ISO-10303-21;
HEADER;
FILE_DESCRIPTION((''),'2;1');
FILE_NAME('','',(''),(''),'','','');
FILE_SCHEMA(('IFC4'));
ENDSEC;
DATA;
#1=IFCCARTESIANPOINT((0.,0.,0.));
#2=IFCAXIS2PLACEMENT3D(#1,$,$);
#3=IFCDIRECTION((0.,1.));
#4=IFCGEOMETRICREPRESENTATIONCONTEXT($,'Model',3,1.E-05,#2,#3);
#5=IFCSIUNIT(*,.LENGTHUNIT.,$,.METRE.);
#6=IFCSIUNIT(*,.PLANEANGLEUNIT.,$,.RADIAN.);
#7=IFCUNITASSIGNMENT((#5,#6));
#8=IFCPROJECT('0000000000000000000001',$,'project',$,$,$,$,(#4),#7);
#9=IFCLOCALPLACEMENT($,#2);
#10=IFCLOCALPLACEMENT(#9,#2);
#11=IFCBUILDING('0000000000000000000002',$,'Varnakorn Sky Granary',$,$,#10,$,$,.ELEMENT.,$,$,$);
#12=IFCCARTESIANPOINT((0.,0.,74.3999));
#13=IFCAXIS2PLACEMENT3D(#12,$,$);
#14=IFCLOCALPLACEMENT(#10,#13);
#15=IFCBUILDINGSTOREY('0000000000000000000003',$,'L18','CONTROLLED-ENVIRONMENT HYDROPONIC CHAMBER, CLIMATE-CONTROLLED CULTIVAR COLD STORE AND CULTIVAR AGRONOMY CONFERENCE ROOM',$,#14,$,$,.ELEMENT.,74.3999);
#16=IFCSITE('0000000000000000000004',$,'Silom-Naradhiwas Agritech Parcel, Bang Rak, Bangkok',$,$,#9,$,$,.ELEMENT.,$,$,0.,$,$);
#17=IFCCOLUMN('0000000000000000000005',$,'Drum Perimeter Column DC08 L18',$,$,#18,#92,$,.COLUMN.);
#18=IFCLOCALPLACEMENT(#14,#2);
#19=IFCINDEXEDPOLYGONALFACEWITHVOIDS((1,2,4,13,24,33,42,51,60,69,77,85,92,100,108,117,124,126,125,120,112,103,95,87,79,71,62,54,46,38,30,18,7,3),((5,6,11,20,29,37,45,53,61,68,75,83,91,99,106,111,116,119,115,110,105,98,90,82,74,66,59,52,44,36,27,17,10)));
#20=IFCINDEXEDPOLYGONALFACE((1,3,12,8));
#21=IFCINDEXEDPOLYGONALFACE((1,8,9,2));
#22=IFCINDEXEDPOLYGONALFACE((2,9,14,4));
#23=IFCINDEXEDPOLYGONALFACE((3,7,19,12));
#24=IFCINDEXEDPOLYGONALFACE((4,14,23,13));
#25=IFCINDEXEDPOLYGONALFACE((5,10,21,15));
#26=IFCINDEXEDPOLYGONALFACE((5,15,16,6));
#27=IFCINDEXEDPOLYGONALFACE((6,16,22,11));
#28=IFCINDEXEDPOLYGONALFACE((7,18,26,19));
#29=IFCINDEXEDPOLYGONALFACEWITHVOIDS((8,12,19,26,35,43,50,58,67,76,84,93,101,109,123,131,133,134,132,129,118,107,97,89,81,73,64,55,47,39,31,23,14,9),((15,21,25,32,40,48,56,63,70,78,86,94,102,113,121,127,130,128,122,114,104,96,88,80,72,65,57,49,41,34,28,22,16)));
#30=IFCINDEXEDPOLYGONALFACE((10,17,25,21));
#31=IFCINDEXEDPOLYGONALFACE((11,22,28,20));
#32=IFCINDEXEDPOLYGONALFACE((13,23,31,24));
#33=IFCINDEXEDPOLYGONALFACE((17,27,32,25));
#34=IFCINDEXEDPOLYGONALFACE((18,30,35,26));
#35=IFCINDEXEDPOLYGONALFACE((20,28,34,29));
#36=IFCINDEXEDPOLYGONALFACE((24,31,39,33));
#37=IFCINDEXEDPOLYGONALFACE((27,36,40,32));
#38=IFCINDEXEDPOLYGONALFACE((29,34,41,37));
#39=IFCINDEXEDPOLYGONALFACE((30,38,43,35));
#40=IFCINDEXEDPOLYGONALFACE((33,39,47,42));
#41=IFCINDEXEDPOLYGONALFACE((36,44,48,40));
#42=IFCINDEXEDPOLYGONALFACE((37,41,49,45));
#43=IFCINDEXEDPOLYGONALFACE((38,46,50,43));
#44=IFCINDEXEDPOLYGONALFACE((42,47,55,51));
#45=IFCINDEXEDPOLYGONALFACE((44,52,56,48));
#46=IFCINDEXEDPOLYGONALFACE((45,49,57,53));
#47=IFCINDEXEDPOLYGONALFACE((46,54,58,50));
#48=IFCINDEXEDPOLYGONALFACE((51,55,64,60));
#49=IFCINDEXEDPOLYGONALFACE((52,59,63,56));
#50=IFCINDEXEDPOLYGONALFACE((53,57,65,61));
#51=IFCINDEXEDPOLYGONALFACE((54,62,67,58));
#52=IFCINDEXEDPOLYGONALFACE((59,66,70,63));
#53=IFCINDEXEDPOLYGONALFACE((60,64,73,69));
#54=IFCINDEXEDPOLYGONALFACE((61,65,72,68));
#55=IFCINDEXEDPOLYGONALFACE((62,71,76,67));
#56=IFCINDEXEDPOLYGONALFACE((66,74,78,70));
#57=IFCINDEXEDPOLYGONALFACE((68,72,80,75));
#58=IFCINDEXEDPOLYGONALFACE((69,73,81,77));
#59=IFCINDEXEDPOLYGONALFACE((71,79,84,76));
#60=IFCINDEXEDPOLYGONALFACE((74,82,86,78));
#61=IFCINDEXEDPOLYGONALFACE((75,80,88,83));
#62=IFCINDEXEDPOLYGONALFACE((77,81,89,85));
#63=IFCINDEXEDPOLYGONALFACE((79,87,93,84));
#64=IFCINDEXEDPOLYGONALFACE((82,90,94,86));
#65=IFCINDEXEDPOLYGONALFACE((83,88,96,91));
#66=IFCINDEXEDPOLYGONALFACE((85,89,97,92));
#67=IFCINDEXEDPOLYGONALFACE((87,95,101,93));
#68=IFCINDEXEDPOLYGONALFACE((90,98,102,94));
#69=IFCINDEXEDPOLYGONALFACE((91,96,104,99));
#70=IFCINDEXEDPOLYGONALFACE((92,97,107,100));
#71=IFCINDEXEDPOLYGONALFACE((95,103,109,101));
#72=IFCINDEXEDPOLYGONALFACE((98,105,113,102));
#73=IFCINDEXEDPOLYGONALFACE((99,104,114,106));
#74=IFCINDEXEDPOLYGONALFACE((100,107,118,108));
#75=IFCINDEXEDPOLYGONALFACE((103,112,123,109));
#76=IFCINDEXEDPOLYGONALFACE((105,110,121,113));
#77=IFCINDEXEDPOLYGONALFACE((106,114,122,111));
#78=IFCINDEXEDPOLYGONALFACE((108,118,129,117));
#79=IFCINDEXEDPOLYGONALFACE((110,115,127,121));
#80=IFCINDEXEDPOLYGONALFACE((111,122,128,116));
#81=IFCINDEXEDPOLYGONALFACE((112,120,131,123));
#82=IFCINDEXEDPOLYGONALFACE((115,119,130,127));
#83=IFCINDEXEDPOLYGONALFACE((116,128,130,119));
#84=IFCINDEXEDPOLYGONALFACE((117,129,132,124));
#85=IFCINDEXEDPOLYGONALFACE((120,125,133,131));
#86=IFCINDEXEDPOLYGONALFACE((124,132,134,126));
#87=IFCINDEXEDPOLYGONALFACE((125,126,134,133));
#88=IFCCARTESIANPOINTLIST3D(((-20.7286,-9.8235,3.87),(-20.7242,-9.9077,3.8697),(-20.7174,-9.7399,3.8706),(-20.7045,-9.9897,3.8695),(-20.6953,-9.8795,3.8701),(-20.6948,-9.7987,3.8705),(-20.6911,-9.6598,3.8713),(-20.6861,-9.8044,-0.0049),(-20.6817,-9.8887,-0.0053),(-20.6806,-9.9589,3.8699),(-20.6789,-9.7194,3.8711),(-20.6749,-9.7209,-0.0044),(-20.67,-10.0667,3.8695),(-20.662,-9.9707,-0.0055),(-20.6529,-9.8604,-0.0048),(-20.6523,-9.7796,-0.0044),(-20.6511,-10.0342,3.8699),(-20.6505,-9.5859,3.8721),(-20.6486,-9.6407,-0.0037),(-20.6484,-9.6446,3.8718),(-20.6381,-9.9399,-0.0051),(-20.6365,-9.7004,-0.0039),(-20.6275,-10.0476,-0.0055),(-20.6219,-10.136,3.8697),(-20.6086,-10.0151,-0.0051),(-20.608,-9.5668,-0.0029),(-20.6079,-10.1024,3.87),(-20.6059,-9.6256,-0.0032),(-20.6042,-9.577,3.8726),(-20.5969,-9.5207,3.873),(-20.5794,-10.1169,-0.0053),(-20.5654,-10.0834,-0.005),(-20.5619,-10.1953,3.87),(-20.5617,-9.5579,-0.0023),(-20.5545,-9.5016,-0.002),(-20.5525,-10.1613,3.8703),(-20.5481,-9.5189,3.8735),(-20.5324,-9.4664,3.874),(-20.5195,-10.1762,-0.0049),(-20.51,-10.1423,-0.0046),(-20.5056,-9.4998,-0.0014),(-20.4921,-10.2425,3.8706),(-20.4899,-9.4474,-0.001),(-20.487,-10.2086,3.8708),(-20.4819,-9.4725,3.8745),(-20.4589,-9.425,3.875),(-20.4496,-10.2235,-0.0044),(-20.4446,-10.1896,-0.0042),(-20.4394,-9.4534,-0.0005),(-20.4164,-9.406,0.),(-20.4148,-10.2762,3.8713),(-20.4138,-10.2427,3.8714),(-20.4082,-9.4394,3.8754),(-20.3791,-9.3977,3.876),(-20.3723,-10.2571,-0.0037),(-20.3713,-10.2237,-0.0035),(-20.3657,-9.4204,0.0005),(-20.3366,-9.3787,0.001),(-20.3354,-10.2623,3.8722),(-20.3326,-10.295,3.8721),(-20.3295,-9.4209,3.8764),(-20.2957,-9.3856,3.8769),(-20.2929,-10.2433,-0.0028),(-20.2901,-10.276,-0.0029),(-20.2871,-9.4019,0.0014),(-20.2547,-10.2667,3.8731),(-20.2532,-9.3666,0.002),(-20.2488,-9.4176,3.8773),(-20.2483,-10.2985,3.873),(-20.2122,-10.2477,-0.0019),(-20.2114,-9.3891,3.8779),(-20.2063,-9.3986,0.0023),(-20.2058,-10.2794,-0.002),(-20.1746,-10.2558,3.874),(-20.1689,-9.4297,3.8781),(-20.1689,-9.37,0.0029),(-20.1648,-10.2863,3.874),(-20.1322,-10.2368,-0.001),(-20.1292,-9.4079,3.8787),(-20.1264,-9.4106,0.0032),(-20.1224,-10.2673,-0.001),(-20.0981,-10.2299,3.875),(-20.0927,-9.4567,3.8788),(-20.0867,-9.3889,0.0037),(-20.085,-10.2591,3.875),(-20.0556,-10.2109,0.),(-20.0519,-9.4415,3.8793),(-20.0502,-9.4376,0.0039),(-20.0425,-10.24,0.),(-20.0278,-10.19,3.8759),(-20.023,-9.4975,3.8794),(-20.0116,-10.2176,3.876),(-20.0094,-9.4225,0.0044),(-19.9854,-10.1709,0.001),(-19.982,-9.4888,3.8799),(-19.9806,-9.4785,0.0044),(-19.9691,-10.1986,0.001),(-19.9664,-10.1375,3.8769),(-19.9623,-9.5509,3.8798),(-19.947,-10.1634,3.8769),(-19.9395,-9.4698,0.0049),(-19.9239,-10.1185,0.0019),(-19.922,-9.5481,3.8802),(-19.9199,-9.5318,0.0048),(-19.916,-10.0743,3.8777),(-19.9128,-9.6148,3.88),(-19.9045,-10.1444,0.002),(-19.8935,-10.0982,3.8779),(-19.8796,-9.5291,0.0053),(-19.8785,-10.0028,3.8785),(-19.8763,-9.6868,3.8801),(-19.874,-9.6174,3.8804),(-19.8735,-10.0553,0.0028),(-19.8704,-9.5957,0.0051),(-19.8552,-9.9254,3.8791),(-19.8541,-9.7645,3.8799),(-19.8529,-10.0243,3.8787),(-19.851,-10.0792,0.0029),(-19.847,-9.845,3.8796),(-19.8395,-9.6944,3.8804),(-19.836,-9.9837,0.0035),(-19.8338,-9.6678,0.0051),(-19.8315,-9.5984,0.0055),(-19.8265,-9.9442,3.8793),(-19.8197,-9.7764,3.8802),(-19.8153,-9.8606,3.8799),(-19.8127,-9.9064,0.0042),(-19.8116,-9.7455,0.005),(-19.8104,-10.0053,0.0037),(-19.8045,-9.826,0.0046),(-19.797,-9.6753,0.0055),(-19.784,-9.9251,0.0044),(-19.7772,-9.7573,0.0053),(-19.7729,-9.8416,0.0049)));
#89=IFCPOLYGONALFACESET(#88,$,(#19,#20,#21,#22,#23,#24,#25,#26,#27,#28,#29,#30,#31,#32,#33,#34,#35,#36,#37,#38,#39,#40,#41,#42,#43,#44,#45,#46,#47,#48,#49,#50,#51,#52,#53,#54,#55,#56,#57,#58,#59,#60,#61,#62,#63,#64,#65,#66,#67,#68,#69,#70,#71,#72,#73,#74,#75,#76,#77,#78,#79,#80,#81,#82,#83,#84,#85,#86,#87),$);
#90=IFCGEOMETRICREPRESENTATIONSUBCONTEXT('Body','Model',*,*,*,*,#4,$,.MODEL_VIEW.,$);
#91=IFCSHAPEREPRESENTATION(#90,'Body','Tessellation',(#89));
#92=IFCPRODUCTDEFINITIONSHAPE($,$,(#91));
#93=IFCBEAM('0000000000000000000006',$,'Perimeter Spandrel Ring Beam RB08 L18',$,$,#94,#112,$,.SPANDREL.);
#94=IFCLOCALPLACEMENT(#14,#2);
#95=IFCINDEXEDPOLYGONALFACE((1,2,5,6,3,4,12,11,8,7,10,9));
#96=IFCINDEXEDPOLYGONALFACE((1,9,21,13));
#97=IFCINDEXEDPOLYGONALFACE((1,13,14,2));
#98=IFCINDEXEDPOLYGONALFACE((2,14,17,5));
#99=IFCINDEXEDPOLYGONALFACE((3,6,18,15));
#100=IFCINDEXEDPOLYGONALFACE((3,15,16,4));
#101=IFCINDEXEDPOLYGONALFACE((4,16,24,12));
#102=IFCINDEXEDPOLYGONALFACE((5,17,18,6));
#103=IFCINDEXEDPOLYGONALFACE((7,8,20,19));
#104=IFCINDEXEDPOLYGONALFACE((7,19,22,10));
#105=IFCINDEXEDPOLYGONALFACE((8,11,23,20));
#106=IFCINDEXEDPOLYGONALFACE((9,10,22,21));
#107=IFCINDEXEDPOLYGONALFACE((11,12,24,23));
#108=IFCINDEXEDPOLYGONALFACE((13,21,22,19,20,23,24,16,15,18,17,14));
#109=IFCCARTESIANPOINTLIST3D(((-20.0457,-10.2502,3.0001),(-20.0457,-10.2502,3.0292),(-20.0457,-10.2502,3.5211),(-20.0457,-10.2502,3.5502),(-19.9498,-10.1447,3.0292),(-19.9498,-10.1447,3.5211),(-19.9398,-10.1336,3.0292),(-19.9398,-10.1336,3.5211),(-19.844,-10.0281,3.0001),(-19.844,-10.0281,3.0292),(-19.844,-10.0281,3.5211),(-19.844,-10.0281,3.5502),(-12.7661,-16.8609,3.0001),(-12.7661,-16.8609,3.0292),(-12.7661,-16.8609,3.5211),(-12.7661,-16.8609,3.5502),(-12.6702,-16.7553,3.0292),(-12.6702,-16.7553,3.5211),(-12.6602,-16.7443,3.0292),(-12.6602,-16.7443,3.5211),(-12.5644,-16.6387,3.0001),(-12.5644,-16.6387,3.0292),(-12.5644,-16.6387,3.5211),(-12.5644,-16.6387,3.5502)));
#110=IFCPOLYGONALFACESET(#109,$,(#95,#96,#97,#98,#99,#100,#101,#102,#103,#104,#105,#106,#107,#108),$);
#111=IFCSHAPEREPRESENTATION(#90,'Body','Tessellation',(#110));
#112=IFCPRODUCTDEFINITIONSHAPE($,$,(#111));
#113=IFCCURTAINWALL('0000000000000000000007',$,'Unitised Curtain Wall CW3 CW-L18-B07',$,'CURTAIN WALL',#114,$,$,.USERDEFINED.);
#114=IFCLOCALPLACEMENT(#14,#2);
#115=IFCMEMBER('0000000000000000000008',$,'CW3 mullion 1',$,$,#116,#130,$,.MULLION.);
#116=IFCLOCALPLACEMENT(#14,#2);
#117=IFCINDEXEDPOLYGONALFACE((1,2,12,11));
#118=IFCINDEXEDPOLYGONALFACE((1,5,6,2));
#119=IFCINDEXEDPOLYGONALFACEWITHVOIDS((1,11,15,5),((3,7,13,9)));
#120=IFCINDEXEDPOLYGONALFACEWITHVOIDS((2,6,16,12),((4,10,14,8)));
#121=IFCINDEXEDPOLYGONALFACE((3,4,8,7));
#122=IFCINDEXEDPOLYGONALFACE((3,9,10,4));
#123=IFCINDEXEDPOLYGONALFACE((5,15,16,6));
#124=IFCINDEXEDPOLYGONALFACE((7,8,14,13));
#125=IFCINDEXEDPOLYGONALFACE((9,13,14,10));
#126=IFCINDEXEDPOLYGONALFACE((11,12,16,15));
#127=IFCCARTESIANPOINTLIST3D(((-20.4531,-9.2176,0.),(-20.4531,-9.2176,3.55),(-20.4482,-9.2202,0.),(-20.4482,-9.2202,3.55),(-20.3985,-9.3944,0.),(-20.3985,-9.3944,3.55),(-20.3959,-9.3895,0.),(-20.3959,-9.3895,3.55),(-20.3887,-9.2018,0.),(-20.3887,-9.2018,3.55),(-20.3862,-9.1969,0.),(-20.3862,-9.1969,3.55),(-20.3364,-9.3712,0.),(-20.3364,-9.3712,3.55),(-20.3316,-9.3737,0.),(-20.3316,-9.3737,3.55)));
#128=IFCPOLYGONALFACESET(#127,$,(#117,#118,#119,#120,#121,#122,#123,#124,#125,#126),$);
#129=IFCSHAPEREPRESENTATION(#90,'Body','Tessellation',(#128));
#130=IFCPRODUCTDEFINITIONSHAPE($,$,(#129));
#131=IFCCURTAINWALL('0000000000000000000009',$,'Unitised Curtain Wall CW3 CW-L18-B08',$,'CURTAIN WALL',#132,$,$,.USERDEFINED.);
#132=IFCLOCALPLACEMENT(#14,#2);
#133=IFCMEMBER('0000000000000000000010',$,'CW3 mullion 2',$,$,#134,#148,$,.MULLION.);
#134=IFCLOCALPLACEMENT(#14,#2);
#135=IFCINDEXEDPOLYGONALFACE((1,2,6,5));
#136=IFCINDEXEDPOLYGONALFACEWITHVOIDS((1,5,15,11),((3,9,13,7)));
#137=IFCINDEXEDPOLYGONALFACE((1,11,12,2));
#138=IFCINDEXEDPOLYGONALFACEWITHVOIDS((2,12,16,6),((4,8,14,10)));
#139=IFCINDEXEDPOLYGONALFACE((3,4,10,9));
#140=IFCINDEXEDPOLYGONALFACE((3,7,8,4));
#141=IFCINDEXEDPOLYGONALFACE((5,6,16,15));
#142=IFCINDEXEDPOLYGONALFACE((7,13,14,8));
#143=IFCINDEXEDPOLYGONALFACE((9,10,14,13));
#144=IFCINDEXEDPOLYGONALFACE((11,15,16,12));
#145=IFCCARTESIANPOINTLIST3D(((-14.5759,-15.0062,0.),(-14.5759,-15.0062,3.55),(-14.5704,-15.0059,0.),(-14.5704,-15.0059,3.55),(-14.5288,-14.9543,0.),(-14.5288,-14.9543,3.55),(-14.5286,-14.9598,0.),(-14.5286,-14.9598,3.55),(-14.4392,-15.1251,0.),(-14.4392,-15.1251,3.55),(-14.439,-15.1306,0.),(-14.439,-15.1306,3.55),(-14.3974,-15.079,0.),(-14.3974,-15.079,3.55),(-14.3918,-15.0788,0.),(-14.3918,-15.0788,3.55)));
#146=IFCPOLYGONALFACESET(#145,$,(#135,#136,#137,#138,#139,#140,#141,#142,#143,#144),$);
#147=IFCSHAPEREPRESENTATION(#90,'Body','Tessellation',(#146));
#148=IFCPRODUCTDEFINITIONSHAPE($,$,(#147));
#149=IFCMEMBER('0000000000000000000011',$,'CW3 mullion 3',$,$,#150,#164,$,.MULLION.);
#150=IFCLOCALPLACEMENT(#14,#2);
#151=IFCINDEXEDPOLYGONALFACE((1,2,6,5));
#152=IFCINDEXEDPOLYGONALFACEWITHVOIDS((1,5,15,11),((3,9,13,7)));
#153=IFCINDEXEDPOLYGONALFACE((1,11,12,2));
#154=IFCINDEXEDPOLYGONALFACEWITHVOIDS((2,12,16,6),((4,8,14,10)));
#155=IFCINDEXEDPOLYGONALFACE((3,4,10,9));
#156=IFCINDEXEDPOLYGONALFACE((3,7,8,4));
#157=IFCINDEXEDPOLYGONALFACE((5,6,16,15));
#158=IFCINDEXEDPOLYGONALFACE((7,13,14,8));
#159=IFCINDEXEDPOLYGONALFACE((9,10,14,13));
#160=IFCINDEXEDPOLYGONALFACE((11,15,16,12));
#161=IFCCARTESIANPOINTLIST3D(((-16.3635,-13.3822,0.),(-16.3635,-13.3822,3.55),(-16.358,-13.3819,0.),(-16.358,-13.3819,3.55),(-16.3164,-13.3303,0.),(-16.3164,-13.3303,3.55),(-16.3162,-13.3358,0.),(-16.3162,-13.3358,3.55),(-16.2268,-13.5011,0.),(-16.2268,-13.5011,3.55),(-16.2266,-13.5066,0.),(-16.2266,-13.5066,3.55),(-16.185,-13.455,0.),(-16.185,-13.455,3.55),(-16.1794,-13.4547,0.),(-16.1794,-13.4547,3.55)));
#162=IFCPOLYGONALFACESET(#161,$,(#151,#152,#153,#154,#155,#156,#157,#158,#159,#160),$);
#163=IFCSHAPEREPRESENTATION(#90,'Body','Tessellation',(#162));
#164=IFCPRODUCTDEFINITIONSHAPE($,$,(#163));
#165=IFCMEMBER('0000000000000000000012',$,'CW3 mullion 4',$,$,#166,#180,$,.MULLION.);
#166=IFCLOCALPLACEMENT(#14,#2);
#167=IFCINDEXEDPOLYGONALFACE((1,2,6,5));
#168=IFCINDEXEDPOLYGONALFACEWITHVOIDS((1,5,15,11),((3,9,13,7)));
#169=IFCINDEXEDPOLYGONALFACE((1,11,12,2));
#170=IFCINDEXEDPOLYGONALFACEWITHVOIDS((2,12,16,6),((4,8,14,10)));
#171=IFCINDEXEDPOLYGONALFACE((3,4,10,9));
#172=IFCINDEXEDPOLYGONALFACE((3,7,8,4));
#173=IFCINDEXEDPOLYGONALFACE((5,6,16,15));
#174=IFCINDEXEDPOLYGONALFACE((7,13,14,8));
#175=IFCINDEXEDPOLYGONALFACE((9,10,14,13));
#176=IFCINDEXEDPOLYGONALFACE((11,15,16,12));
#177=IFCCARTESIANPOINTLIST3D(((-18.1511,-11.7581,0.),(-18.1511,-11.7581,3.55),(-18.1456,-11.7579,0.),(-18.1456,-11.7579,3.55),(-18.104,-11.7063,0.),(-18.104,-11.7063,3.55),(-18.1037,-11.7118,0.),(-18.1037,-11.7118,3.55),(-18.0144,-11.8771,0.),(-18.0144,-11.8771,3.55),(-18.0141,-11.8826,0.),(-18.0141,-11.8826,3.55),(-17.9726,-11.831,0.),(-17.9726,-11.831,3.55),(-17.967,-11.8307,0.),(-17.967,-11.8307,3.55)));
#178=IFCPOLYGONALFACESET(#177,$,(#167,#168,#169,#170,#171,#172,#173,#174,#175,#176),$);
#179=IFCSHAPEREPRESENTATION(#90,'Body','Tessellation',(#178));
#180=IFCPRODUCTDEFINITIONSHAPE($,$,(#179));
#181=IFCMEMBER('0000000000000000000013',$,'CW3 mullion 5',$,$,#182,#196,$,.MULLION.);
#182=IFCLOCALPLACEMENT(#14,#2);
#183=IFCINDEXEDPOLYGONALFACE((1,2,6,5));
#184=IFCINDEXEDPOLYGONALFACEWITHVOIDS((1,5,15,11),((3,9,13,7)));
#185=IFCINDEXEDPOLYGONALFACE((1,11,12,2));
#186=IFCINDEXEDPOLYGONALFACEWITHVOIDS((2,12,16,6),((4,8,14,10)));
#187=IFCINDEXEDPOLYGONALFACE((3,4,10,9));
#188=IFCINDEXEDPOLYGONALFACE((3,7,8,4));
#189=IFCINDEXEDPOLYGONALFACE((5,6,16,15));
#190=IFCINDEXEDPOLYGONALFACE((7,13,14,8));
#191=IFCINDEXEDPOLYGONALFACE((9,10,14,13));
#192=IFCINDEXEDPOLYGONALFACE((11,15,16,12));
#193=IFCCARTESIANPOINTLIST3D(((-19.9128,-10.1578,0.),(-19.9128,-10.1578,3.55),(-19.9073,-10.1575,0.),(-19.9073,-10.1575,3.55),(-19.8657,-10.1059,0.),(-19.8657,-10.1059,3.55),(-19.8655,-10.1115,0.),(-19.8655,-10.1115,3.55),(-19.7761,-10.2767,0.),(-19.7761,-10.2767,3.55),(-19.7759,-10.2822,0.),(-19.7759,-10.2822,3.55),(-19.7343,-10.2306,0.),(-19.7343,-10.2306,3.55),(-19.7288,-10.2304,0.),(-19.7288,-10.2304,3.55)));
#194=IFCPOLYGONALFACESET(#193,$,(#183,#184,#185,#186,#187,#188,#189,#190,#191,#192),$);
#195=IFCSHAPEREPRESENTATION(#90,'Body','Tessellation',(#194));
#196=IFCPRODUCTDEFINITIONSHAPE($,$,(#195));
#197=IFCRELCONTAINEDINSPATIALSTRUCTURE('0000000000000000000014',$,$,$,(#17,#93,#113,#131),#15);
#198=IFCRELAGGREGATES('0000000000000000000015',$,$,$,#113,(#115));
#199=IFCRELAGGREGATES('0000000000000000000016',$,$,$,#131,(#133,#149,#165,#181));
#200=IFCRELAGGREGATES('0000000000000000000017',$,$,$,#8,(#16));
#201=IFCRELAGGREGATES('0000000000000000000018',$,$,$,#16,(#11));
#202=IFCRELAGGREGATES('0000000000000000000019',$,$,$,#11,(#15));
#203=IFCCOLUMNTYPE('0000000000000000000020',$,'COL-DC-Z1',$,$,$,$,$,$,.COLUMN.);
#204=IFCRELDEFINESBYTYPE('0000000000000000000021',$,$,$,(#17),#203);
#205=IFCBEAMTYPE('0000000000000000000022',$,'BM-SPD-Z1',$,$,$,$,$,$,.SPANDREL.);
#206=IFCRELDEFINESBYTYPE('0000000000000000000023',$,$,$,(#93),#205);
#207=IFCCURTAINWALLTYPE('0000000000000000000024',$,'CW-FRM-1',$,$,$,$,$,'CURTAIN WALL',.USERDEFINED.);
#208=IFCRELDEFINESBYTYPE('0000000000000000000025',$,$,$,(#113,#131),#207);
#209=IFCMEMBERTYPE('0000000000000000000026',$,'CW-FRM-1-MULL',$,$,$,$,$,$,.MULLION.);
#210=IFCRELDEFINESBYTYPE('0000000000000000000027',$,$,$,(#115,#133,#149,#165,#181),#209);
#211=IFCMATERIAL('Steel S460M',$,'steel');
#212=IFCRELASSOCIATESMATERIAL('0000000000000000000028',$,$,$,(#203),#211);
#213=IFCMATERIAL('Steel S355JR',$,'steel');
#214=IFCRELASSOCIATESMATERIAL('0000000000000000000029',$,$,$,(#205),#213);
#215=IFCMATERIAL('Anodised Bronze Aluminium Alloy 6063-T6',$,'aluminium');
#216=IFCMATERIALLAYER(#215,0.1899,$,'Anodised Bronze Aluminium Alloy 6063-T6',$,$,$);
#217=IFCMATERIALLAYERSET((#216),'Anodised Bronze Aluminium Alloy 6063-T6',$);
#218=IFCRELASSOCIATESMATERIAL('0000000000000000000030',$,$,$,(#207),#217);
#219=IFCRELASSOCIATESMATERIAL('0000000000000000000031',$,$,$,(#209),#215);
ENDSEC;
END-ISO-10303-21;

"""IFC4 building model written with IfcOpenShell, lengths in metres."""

from ifc_helpers import new_model, si_unit, direction, frame, origin, origin_2d, place, context, subcontext, project, spatial, hollow_rectangle, hollow_circle, i_section, extrude, material, layer, layer_set, material_profile, profile_set, type_object, element, aggregate, save


model = new_model("IFC4")

# Units and contexts
model_context = context("Model", 3, precision=1e-05, world=origin(), true_north=direction((0.0, 1.0)))
body_context = subcontext(model_context, "Body", "Model", "MODEL_VIEW")
ifc_project = project(units=[si_unit("LENGTHUNIT", "METRE"), si_unit("PLANEANGLEUNIT", "RADIAN")], contexts=[model_context])

# Site, building, storey
site_placement = place(None, origin())
site = spatial("IfcSite", under=ifc_project, at=site_placement, Name="Silom-Naradhiwas Agritech Parcel, Bang Rak, Bangkok", CompositionType="ELEMENT", RefElevation=0.0)
building_placement = place(site_placement, origin())
building = spatial("IfcBuilding", under=site, at=building_placement, Name="Varnakorn Sky Granary", CompositionType="ELEMENT")
storey_placement = place(building_placement, frame((0.0, 0.0, 74.3999)))
storey = spatial("IfcBuildingStorey", under=building, at=storey_placement, Name="L18", Description="CONTROLLED-ENVIRONMENT HYDROPONIC CHAMBER, CLIMATE-CONTROLLED CULTIVAR COLD STORE AND CULTIVAR AGRONOMY CONFERENCE ROOM", CompositionType="ELEMENT", Elevation=74.3999)

# Column
ifc_material_1 = material(Name="Steel S460M", Category="steel")
ifc_material_profile_1 = material_profile(ifc_material_1, hollow_circle(Radius=0.457, WallThickness=0.032, at=origin_2d()), Name="CHS 914x32")
ifc_profile_set_1 = profile_set([ifc_material_profile_1], Name="Steel S460M")
column_type = type_object("IfcColumnType", Name="COL-DC-Z1", PredefinedType="COLUMN", material=ifc_profile_set_1)
column_placement = place(storey_placement, frame((-20.2295, -9.823, 0.0), z_axis=(-0.010962, -0.004914, 0.999928), x_axis=(0.409056, -0.912509, 0.0)))
element("IfcColumn", 1, at=column_placement, inside=storey, type_object=column_type, Name="Drum Perimeter Column DC08 L18", PredefinedType="COLUMN", context=body_context, shape_type="SweptSolid", body=[
    extrude(hollow_circle(Radius=0.457, WallThickness=0.032, at=origin_2d()), origin(), (0.0, 0.0, 1.0), 3.8752),
])

# Beam
ifc_material_2 = material(Name="Steel S355JR", Category="steel")
ifc_material_profile_2 = material_profile(ifc_material_2, i_section(OverallWidth=0.3, OverallDepth=0.55, WebThickness=0.0149, FlangeThickness=0.0291, at=origin_2d()), Name="HE 550 B")
ifc_profile_set_2 = profile_set([ifc_material_profile_2], Name="Steel S355JR")
beam_type = type_object("IfcBeamType", Name="BM-SPD-Z1", PredefinedType="SPANDREL", material=ifc_profile_set_2)
beam_placement = place(storey_placement, frame((-19.9448, -10.1392, 3.2751), z_axis=(0.740303, -0.672274, 0.0), x_axis=(0.672274, 0.740303, 0.0)))
element("IfcBeam", 2, at=beam_placement, inside=storey, type_object=beam_type, Name="Perimeter Spandrel Ring Beam RB08 L18", PredefinedType="SPANDREL", context=body_context, shape_type="SweptSolid", body=[
    extrude(i_section(OverallWidth=0.3, OverallDepth=0.55, WebThickness=0.0149, FlangeThickness=0.0291, at=origin_2d()), origin(), (0.0, 0.0, 1.0), 9.8333),
])

# Curtain wall, member
ifc_material_3 = material(Name="Anodised Bronze Aluminium Alloy 6063-T6", Category="aluminium")
ifc_layer_1 = layer(ifc_material_3, 0.1899, Name="Anodised Bronze Aluminium Alloy 6063-T6")
ifc_layer_set_1 = layer_set([ifc_layer_1], Name="Anodised Bronze Aluminium Alloy 6063-T6")
curtain_wall_type = type_object("IfcCurtainWallType", Name="CW-FRM-1", ElementType="CURTAIN WALL", PredefinedType="USERDEFINED", material=ifc_layer_set_1)
curtain_wall_1_placement = place(storey_placement, origin())
curtain_wall_1 = element("IfcCurtainWall", 3, at=curtain_wall_1_placement, inside=storey, type_object=curtain_wall_type, Name="Unitised Curtain Wall CW3 CW-L18-B07", ObjectType="CURTAIN WALL", PredefinedType="USERDEFINED")
ifc_material_profile_3 = material_profile(ifc_material_3, hollow_rectangle(XDim=0.0701, YDim=0.1851, WallThickness=0.0039, at=origin_2d()), Name="ALU MULL 70x185")
ifc_profile_set_3 = profile_set([ifc_material_profile_3], Name="Anodised Bronze Aluminium Alloy 6063-T6")
member_type_1 = type_object("IfcMemberType", Name="CW-FRM-1-MULL", PredefinedType="MULLION", material=ifc_profile_set_3)
member_1_placement = place(storey_placement, frame((-20.3923, -9.2957, 0.0), z_axis=(0.0, 0.0, 1.0), x_axis=(-0.955504, -0.294979, 0.0)))
member_1 = element("IfcMember", 4, at=member_1_placement, type_object=member_type_1, Name="CW3 mullion 1", PredefinedType="MULLION", context=body_context, shape_type="SweptSolid", body=[
    extrude(hollow_rectangle(XDim=0.0701, YDim=0.1851, WallThickness=0.0039, at=origin_2d()), origin(), (0.0, 0.0, 1.0), 3.55),
])

# Curtain wall, members
curtain_wall_2_placement = place(storey_placement, origin())
curtain_wall_2 = element("IfcCurtainWall", 5, at=curtain_wall_2_placement, inside=storey, type_object=curtain_wall_type, Name="Unitised Curtain Wall CW3 CW-L18-B08", ObjectType="CURTAIN WALL", PredefinedType="USERDEFINED")
member_2_placement = place(storey_placement, frame((-14.4839, -15.0425, 0.0), z_axis=(0.0, 0.0, 1.0), x_axis=(-0.672398, -0.74019, 0.0)))
member_2 = element("IfcMember", 6, at=member_2_placement, type_object=member_type_1, Name="CW3 mullion 2", PredefinedType="MULLION", context=body_context, shape_type="SweptSolid", body=[
    extrude(hollow_rectangle(XDim=0.0701, YDim=0.1851, WallThickness=0.0039, at=origin_2d()), origin(), (0.0, 0.0, 1.0), 3.55),
])
member_3_placement = place(storey_placement, frame((-16.2715, -13.4185, 0.0), z_axis=(0.0, 0.0, 1.0), x_axis=(-0.672398, -0.74019, 0.0)))
member_3 = element("IfcMember", 7, at=member_3_placement, type_object=member_type_1, Name="CW3 mullion 3", PredefinedType="MULLION", context=body_context, shape_type="SweptSolid", body=[
    extrude(hollow_rectangle(XDim=0.0701, YDim=0.1851, WallThickness=0.0039, at=origin_2d()), origin(), (0.0, 0.0, 1.0), 3.55),
])
member_4_placement = place(storey_placement, frame((-18.0591, -11.7944, 0.0), z_axis=(0.0, 0.0, 1.0), x_axis=(-0.672398, -0.74019, 0.0)))
member_4 = element("IfcMember", 8, at=member_4_placement, type_object=member_type_1, Name="CW3 mullion 4", PredefinedType="MULLION", context=body_context, shape_type="SweptSolid", body=[
    extrude(hollow_rectangle(XDim=0.0701, YDim=0.1851, WallThickness=0.0039, at=origin_2d()), origin(), (0.0, 0.0, 1.0), 3.55),
])
member_5_placement = place(storey_placement, frame((-19.8208, -10.1941, 0.0), z_axis=(0.0, 0.0, 1.0), x_axis=(-0.672398, -0.74019, 0.0)))
member_5 = element("IfcMember", 9, at=member_5_placement, type_object=member_type_1, Name="CW3 mullion 5", PredefinedType="MULLION", context=body_context, shape_type="SweptSolid", body=[
    extrude(hollow_rectangle(XDim=0.0701, YDim=0.1851, WallThickness=0.0039, at=origin_2d()), origin(), (0.0, 0.0, 1.0), 3.55),
])

aggregate(curtain_wall_1, [member_1])
aggregate(curtain_wall_2, [member_2, member_3, member_4, member_5])

save(model, "model.ifc")
